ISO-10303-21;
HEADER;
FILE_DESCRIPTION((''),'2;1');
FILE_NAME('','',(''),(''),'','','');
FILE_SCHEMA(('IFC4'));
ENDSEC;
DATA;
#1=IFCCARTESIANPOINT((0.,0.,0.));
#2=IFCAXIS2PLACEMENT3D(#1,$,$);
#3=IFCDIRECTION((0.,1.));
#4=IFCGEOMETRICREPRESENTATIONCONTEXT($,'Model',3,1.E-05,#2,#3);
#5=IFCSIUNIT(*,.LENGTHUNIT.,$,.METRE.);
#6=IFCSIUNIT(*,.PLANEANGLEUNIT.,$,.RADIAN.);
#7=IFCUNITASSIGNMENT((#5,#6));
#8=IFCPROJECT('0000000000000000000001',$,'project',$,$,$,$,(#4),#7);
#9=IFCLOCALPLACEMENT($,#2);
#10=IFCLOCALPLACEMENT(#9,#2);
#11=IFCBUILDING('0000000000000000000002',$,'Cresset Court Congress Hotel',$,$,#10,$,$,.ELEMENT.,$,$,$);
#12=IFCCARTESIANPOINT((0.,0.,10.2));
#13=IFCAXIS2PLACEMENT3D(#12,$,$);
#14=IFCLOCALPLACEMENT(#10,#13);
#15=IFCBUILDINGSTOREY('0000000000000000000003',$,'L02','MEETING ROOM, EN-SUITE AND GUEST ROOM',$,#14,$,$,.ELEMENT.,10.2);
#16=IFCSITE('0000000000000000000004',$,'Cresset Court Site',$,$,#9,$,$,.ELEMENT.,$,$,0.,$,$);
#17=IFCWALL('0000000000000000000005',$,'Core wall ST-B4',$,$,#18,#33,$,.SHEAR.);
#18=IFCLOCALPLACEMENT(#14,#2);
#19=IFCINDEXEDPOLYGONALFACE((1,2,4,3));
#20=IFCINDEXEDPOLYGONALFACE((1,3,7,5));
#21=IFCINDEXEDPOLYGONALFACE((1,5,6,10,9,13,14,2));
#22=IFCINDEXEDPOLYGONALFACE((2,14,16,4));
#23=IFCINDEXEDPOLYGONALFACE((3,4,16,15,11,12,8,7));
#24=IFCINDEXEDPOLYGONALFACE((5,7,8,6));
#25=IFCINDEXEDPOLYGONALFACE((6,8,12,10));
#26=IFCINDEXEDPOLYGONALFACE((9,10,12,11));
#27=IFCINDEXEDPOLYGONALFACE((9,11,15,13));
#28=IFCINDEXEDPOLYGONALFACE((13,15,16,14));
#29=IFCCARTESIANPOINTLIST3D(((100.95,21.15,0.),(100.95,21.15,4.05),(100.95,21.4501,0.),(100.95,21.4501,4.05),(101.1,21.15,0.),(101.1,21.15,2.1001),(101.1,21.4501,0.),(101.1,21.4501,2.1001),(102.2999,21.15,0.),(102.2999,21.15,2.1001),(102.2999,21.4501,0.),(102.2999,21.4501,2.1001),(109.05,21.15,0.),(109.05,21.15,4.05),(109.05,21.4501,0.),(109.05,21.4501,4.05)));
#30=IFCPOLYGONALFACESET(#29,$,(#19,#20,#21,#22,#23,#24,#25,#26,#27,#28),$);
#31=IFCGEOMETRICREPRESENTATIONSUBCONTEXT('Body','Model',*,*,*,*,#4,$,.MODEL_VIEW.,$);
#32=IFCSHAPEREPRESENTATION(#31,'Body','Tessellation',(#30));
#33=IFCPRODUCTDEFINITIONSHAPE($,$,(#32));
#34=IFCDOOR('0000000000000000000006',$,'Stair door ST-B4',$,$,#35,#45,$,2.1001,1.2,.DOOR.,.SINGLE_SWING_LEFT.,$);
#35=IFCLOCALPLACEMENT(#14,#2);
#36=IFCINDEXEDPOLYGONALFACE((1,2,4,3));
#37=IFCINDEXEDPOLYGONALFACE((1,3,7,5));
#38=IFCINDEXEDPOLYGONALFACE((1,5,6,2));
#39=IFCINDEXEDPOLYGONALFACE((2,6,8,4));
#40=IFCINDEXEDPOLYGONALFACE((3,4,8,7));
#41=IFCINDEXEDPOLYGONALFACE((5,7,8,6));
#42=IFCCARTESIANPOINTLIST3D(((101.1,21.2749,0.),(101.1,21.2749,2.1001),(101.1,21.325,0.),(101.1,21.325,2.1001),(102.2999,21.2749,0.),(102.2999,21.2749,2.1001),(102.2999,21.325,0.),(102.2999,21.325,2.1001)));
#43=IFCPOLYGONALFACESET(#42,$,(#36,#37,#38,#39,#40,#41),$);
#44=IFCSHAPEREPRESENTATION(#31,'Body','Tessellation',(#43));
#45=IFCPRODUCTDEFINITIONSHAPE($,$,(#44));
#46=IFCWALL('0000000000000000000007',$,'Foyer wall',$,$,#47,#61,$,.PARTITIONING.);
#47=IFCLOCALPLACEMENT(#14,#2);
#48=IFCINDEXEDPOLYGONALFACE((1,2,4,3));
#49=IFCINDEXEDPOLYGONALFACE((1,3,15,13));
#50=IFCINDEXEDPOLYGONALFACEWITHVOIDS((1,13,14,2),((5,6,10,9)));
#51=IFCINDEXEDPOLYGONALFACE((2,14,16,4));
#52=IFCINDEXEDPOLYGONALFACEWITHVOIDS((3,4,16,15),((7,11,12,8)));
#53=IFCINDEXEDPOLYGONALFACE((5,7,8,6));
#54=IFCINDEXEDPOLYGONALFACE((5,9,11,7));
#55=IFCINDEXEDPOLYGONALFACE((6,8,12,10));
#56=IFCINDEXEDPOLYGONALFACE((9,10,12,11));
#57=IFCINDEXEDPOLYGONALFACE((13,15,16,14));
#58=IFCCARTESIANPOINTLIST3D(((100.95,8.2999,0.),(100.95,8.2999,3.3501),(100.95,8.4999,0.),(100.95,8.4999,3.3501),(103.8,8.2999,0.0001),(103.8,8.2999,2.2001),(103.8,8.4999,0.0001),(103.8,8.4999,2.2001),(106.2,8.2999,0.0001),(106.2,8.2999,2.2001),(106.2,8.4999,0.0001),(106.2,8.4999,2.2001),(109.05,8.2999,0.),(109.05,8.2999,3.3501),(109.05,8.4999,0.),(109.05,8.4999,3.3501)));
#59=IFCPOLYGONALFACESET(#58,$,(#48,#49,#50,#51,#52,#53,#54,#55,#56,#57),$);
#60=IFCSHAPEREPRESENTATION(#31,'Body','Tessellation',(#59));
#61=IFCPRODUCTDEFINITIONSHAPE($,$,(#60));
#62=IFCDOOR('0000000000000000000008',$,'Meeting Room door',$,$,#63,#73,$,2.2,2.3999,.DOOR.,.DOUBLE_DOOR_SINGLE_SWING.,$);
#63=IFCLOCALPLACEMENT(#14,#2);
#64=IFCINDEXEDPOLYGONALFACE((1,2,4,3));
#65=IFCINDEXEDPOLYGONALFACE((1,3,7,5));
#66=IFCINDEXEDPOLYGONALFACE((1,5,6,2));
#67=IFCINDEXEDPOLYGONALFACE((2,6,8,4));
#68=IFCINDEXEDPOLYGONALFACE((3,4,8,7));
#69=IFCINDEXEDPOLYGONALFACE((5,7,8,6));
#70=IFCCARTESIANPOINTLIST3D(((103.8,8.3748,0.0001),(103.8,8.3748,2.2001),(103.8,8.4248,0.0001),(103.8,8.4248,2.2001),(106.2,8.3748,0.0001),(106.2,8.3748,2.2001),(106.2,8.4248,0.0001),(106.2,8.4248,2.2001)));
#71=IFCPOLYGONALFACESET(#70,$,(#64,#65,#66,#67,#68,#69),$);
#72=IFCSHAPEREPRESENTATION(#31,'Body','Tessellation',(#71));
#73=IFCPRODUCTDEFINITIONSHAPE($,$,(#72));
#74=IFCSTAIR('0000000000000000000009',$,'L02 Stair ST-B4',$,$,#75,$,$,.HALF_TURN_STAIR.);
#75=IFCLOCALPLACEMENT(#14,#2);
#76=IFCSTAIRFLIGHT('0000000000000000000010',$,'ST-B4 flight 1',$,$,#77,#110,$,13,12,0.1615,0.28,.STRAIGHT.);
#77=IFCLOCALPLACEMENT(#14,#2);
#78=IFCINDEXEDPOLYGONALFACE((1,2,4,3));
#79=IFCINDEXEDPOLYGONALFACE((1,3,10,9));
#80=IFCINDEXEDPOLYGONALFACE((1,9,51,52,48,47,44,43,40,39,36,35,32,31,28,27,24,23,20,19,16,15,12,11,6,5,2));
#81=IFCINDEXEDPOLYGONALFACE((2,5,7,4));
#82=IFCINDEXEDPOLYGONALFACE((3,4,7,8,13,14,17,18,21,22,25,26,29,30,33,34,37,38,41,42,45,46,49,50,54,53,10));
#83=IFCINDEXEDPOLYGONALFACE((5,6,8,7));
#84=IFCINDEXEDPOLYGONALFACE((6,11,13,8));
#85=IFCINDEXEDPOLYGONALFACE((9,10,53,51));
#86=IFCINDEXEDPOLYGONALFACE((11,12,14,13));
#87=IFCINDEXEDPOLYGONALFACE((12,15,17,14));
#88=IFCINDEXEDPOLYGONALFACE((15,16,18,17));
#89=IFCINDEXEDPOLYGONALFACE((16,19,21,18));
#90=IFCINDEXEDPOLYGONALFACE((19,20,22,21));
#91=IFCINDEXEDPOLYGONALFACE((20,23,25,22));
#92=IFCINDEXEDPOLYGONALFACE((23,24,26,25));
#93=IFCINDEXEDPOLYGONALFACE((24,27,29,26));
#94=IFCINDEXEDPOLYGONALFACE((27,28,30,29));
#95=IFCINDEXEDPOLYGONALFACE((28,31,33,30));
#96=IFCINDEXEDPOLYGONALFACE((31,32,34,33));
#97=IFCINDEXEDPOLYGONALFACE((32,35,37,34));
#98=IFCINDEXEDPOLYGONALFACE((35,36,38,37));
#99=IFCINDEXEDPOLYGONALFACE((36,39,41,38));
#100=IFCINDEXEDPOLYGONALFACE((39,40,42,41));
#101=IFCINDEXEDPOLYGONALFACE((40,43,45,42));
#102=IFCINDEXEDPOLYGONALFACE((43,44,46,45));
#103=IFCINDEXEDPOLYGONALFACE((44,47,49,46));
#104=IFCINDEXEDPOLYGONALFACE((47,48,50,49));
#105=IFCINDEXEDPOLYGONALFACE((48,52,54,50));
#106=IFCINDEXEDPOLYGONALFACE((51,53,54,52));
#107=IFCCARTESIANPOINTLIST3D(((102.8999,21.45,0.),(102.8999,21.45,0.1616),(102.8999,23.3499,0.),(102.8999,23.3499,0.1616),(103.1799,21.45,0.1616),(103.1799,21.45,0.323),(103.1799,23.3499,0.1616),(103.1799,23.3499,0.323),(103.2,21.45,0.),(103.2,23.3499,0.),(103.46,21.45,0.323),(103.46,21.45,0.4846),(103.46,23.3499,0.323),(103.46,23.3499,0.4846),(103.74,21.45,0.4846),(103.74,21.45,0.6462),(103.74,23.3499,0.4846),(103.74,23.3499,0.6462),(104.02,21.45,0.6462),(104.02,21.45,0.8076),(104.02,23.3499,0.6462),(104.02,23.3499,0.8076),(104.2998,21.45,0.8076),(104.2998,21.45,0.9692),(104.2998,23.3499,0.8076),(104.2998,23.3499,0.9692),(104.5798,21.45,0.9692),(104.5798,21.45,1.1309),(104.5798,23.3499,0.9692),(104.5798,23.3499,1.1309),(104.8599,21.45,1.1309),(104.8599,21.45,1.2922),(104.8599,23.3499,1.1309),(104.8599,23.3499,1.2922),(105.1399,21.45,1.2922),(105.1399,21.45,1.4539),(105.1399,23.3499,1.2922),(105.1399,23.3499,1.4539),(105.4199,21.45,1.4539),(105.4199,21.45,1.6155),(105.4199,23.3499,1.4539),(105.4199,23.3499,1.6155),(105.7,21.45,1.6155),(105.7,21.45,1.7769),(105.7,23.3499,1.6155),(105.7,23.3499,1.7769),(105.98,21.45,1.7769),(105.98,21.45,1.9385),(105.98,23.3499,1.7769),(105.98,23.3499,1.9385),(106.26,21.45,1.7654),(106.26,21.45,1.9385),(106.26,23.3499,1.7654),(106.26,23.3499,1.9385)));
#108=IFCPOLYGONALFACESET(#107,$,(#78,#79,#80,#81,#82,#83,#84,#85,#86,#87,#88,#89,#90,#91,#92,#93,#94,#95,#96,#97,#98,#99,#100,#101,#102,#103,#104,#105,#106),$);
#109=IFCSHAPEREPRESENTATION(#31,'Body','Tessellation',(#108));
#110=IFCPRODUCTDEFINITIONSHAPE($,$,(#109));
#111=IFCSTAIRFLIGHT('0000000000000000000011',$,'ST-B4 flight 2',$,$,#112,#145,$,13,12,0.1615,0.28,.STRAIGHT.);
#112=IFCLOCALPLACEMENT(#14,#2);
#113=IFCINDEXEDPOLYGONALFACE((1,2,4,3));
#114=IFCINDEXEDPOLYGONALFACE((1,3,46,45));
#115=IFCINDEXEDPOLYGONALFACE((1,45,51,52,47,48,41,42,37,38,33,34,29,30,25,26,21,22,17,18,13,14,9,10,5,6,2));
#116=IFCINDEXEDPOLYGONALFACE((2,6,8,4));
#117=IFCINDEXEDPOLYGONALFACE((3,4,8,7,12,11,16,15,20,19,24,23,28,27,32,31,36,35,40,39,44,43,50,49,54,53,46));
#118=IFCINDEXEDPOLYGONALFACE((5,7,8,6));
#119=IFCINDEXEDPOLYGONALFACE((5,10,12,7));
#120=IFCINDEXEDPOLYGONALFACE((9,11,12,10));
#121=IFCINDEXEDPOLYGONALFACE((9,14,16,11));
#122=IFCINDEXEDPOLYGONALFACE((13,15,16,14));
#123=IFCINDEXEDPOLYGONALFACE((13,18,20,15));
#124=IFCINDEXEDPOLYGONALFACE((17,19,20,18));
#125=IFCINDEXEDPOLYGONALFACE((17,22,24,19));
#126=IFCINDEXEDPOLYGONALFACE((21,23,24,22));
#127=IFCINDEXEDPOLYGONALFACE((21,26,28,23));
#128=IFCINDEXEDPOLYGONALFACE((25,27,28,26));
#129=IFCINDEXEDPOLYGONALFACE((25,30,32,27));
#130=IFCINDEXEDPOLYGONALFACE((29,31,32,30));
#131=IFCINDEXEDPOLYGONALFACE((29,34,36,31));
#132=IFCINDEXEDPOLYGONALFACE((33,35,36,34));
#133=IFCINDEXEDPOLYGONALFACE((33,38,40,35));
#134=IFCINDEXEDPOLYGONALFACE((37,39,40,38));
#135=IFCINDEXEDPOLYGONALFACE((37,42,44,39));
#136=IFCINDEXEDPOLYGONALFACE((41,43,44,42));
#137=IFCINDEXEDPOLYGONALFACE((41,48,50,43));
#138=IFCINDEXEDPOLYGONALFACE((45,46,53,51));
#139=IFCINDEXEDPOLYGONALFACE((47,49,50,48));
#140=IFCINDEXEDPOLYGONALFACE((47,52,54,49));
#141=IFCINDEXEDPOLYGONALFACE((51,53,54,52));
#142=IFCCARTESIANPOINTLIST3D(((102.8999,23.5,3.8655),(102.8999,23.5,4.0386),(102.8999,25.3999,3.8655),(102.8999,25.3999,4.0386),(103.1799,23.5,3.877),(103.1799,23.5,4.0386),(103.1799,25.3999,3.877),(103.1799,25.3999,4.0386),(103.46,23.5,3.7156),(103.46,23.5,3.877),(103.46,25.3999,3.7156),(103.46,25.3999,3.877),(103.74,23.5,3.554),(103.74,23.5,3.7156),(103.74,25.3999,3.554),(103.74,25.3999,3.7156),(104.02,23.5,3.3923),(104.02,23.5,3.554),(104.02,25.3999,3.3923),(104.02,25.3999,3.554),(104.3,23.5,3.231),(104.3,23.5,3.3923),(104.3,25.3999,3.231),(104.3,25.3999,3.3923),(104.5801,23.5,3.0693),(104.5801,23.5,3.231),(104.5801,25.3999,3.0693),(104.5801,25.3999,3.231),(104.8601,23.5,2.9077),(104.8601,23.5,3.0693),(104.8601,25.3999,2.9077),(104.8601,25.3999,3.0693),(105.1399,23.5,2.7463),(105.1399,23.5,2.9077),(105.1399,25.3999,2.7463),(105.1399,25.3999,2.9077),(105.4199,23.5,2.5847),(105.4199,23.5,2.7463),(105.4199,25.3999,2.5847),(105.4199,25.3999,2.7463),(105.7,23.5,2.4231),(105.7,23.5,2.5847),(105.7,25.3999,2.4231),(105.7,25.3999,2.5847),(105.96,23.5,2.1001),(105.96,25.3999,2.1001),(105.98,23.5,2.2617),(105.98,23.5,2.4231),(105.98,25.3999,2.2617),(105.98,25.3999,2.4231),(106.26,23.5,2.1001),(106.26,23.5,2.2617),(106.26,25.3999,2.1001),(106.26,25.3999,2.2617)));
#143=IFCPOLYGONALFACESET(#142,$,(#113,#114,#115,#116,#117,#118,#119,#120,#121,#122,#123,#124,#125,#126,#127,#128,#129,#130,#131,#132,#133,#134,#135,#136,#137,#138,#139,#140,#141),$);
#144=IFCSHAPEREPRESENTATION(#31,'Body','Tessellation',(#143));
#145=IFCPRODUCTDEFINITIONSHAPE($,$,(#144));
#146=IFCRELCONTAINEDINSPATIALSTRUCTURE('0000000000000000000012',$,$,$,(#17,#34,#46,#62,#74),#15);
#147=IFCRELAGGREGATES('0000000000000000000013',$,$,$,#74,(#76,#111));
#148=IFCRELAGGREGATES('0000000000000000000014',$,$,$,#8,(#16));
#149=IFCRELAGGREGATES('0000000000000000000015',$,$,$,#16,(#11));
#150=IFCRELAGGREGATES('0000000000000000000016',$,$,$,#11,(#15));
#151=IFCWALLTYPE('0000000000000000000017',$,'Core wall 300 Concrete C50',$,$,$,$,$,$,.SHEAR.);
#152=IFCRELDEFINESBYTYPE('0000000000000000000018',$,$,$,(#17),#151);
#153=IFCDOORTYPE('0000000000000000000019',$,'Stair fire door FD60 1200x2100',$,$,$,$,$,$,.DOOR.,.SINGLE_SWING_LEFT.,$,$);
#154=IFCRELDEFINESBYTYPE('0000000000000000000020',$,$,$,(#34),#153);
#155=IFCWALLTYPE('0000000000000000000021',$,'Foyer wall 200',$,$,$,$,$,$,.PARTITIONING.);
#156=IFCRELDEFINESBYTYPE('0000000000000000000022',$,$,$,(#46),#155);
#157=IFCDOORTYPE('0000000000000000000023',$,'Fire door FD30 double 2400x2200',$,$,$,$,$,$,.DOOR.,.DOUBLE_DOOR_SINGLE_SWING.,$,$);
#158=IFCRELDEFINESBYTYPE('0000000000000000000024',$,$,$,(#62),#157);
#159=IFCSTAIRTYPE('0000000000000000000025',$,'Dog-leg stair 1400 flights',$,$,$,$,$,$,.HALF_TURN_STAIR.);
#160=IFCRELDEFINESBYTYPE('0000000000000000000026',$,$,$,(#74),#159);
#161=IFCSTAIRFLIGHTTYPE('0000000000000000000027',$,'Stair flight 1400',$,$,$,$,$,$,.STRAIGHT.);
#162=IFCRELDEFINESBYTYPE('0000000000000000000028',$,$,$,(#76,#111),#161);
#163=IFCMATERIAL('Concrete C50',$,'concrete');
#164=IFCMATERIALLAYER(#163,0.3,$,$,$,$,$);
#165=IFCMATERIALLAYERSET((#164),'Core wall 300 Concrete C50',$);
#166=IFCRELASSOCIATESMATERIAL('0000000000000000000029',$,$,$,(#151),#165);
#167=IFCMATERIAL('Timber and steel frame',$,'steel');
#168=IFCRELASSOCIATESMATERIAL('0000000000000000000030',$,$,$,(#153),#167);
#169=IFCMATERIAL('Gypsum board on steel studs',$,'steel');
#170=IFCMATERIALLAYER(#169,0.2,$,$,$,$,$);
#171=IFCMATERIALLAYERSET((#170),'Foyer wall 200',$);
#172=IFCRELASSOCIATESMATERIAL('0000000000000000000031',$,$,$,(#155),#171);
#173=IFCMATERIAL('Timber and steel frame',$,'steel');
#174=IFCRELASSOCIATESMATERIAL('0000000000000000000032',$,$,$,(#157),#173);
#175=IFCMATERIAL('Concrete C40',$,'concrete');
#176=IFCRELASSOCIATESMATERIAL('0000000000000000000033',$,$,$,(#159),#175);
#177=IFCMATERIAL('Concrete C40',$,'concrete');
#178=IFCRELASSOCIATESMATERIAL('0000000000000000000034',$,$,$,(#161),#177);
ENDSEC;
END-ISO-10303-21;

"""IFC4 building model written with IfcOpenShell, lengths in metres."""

from ifc_helpers import new_model, si_unit, direction, frame, frame_2d, origin, place, context, subcontext, project, spatial, polyline, rectangle, outline, extrude, material, layer, layer_set, type_object, element, fill, aggregate, save


model = new_model("IFC4")

# Units and contexts
model_context = context("Model", 3, precision=1e-05, world=origin(), true_north=direction((0.0, 1.0)))
body_context = subcontext(model_context, "Body", "Model", "MODEL_VIEW")
ifc_project = project(units=[si_unit("LENGTHUNIT", "METRE"), si_unit("PLANEANGLEUNIT", "RADIAN")], contexts=[model_context])

# Site, building, storey
site_placement = place(None, origin())
site = spatial("IfcSite", under=ifc_project, at=site_placement, Name="Cresset Court Site", CompositionType="ELEMENT", RefElevation=0.0)
building_placement = place(site_placement, origin())
building = spatial("IfcBuilding", under=site, at=building_placement, Name="Cresset Court Congress Hotel", CompositionType="ELEMENT")
storey_placement = place(building_placement, frame((0.0, 0.0, 10.2)))
storey = spatial("IfcBuildingStorey", under=building, at=storey_placement, Name="L02", Description="MEETING ROOM, EN-SUITE AND GUEST ROOM", CompositionType="ELEMENT", Elevation=10.2)

# Shared definitions
ifc_material_1 = material(Name="Concrete C50", Category="concrete")
ifc_layer_1 = layer(ifc_material_1, 0.3)
ifc_layer_set_1 = layer_set([ifc_layer_1], Name="Core wall 300 Concrete C50")
wall_type_1 = type_object("IfcWallType", Name="Core wall 300 Concrete C50", PredefinedType="SHEAR", material=ifc_layer_set_1)

# Walls, openings, doors
wall_1_placement = place(storey_placement, frame((100.95, 21.3, 0.0), z_axis=(0.0, 0.0, 1.0), x_axis=(1.0, 0.0, 0.0)))
wall_1 = element("IfcWall", 1, at=wall_1_placement, inside=storey, type_object=wall_type_1, Name="Core wall ST-B4", PredefinedType="SHEAR", context=body_context, shape_type="SweptSolid", body=[
    extrude(rectangle(XDim=8.1001, YDim=0.3, at=frame_2d((4.05, 0.0))), origin(), (0.0, 0.0, 1.0), 4.05),
])
opening_1_placement = place(wall_1_placement, frame((0.1499, 0.0, 0.0)))
opening_1 = element("IfcOpeningElement", 2, at=opening_1_placement, cuts=wall_1, PredefinedType="OPENING", context=body_context, shape_type="SweptSolid", body=[
    extrude(rectangle(XDim=1.2, YDim=2.1001, at=frame_2d((0.6001, 1.05))), frame((0.0, 0.1599, 0.0), z_axis=(0.0, -1.0, 0.0), x_axis=(1.0, 0.0, 0.0)), (0.0, 0.0, 1.0), 0.3201),
])
ifc_material_2 = material(Name="Timber and steel frame", Category="steel")
door_type_1 = type_object("IfcDoorType", Name="Stair fire door FD60 1200x2100", OperationType="SINGLE_SWING_LEFT", PredefinedType="DOOR", material=ifc_material_2)
door_1_placement = place(opening_1_placement, origin())
door_1 = element("IfcDoor", 3, at=door_1_placement, inside=storey, type_object=door_type_1, Name="Stair door ST-B4", OperationType="SINGLE_SWING_LEFT", OverallHeight=2.1001, OverallWidth=1.2, PredefinedType="DOOR", context=body_context, shape_type="SweptSolid", body=[
    extrude(rectangle(XDim=1.2, YDim=2.1001, at=frame_2d((0.6001, 1.05))), frame((0.0, 0.0249, 0.0), z_axis=(0.0, -1.0, 0.0), x_axis=(1.0, 0.0, 0.0)), (0.0, 0.0, 1.0), 0.05),
])
fill(opening_1, door_1)
ifc_material_3 = material(Name="Gypsum board on steel studs", Category="steel")
ifc_layer_2 = layer(ifc_material_3, 0.2)
ifc_layer_set_2 = layer_set([ifc_layer_2], Name="Foyer wall 200")
wall_type_2 = type_object("IfcWallType", Name="Foyer wall 200", PredefinedType="PARTITIONING", material=ifc_layer_set_2)
wall_2_placement = place(storey_placement, frame((100.95, 8.3999, 0.0), z_axis=(0.0, 0.0, 1.0), x_axis=(1.0, 0.0, 0.0)))
wall_2 = element("IfcWall", 4, at=wall_2_placement, inside=storey, type_object=wall_type_2, Name="Foyer wall", PredefinedType="PARTITIONING", context=body_context, shape_type="SweptSolid", body=[
    extrude(rectangle(XDim=8.1001, YDim=0.2, at=frame_2d((4.05, 0.0))), origin(), (0.0, 0.0, 1.0), 3.3501),
])
opening_2_placement = place(wall_2_placement, frame((2.8501, 0.0, 0.0)))
opening_2 = element("IfcOpeningElement", 5, at=opening_2_placement, cuts=wall_2, PredefinedType="OPENING", context=body_context, shape_type="SweptSolid", body=[
    extrude(rectangle(XDim=2.3999, YDim=2.2, at=frame_2d((1.2, 1.1001))), frame((0.0, 0.1099, 0.0), z_axis=(0.0, -1.0, 0.0), x_axis=(1.0, 0.0, 0.0)), (0.0, 0.0, 1.0), 0.22),
])
ifc_material_4 = material(Name="Timber and steel frame", Category="steel")
door_type_2 = type_object("IfcDoorType", Name="Fire door FD30 double 2400x2200", OperationType="DOUBLE_DOOR_SINGLE_SWING", PredefinedType="DOOR", material=ifc_material_4)
door_2_placement = place(opening_2_placement, origin())
door_2 = element("IfcDoor", 6, at=door_2_placement, inside=storey, type_object=door_type_2, Name="Meeting Room door", OperationType="DOUBLE_DOOR_SINGLE_SWING", OverallHeight=2.2, OverallWidth=2.3999, PredefinedType="DOOR", context=body_context, shape_type="SweptSolid", body=[
    extrude(rectangle(XDim=2.3999, YDim=2.2, at=frame_2d((1.2, 1.1001))), frame((0.0, 0.0249, 0.0), z_axis=(0.0, -1.0, 0.0), x_axis=(1.0, 0.0, 0.0)), (0.0, 0.0, 1.0), 0.05),
])
fill(opening_2, door_2)

# Stair, stair flights
ifc_material_5 = material(Name="Concrete C40", Category="concrete")
stair_type = type_object("IfcStairType", Name="Dog-leg stair 1400 flights", PredefinedType="HALF_TURN_STAIR", material=ifc_material_5)
stair_placement = place(storey_placement, origin())
stair = element("IfcStair", 7, at=stair_placement, inside=storey, type_object=stair_type, Name="L02 Stair ST-B4", PredefinedType="HALF_TURN_STAIR")
ifc_material_6 = material(Name="Concrete C40", Category="concrete")
stair_flight_type = type_object("IfcStairFlightType", Name="Stair flight 1400", PredefinedType="STRAIGHT", material=ifc_material_6)
stair_flight_1_placement = place(storey_placement, frame((102.8999, 22.3999, 0.0), z_axis=(0.0, 0.0, 1.0), x_axis=(1.0, 0.0, 0.0)))
stair_flight_1 = element("IfcStairFlight", 8, at=stair_flight_1_placement, type_object=stair_flight_type, Name="ST-B4 flight 1", NumberOfRisers=13, NumberOfTreads=12, PredefinedType="STRAIGHT", RiserHeight=0.1615, TreadLength=0.28, context=body_context, shape_type="SweptSolid", body=[
    extrude(outline(polyline([(0.0, 0.0), (0.0, 0.1616), (0.28, 0.1616), (0.28, 0.323), (0.5601, 0.323), (0.5601, 0.4846), (0.8401, 0.4846), (0.8401, 0.6462), (1.1201, 0.6462), (1.1201, 0.8076), (1.3999, 0.8076), (1.3999, 0.9692), (1.6799, 0.9692), (1.6799, 1.1309), (1.96, 1.1309), (1.96, 1.2922), (2.24, 1.2922), (2.24, 1.4539), (2.52, 1.4539), (2.52, 1.6155), (2.8, 1.6155), (2.8, 1.7769), (3.0801, 1.7769), (3.0801, 1.9385), (3.3601, 1.9385), (3.3601, 2.1001), (3.3601, 1.7654), (0.3, 0.0), (0.0, 0.0)])), frame((0.0, 0.95, 0.0), z_axis=(0.0, -1.0, 0.0), x_axis=(1.0, 0.0, 0.0)), (0.0, 0.0, 1.0), 1.8999),
])
stair_flight_2_placement = place(storey_placement, frame((106.26, 24.45, 2.1001), z_axis=(0.0, 0.0, 1.0), x_axis=(-1.0, 0.0, 0.0)))
stair_flight_2 = element("IfcStairFlight", 9, at=stair_flight_2_placement, type_object=stair_flight_type, Name="ST-B4 flight 2", NumberOfRisers=13, NumberOfTreads=12, PredefinedType="STRAIGHT", RiserHeight=0.1615, TreadLength=0.28, context=body_context, shape_type="SweptSolid", body=[
    extrude(outline(polyline([(0.0, 0.0), (0.0, 0.1616), (0.28, 0.1616), (0.28, 0.323), (0.5601, 0.323), (0.5601, 0.4846), (0.8401, 0.4846), (0.8401, 0.6462), (1.1201, 0.6462), (1.1201, 0.8076), (1.3999, 0.8076), (1.3999, 0.9692), (1.6799, 0.9692), (1.6799, 1.1309), (1.96, 1.1309), (1.96, 1.2922), (2.24, 1.2922), (2.24, 1.4539), (2.52, 1.4539), (2.52, 1.6155), (2.8, 1.6155), (2.8, 1.7769), (3.0801, 1.7769), (3.0801, 1.9385), (3.3601, 1.9385), (3.3601, 2.1001), (3.3601, 1.7654), (0.3, 0.0), (0.0, 0.0)])), frame((0.0, 0.95, 0.0), z_axis=(0.0, -1.0, 0.0), x_axis=(1.0, 0.0, 0.0)), (0.0, 0.0, 1.0), 1.8999),
])
aggregate(stair, [stair_flight_1, stair_flight_2])

save(model, "model.ifc")
